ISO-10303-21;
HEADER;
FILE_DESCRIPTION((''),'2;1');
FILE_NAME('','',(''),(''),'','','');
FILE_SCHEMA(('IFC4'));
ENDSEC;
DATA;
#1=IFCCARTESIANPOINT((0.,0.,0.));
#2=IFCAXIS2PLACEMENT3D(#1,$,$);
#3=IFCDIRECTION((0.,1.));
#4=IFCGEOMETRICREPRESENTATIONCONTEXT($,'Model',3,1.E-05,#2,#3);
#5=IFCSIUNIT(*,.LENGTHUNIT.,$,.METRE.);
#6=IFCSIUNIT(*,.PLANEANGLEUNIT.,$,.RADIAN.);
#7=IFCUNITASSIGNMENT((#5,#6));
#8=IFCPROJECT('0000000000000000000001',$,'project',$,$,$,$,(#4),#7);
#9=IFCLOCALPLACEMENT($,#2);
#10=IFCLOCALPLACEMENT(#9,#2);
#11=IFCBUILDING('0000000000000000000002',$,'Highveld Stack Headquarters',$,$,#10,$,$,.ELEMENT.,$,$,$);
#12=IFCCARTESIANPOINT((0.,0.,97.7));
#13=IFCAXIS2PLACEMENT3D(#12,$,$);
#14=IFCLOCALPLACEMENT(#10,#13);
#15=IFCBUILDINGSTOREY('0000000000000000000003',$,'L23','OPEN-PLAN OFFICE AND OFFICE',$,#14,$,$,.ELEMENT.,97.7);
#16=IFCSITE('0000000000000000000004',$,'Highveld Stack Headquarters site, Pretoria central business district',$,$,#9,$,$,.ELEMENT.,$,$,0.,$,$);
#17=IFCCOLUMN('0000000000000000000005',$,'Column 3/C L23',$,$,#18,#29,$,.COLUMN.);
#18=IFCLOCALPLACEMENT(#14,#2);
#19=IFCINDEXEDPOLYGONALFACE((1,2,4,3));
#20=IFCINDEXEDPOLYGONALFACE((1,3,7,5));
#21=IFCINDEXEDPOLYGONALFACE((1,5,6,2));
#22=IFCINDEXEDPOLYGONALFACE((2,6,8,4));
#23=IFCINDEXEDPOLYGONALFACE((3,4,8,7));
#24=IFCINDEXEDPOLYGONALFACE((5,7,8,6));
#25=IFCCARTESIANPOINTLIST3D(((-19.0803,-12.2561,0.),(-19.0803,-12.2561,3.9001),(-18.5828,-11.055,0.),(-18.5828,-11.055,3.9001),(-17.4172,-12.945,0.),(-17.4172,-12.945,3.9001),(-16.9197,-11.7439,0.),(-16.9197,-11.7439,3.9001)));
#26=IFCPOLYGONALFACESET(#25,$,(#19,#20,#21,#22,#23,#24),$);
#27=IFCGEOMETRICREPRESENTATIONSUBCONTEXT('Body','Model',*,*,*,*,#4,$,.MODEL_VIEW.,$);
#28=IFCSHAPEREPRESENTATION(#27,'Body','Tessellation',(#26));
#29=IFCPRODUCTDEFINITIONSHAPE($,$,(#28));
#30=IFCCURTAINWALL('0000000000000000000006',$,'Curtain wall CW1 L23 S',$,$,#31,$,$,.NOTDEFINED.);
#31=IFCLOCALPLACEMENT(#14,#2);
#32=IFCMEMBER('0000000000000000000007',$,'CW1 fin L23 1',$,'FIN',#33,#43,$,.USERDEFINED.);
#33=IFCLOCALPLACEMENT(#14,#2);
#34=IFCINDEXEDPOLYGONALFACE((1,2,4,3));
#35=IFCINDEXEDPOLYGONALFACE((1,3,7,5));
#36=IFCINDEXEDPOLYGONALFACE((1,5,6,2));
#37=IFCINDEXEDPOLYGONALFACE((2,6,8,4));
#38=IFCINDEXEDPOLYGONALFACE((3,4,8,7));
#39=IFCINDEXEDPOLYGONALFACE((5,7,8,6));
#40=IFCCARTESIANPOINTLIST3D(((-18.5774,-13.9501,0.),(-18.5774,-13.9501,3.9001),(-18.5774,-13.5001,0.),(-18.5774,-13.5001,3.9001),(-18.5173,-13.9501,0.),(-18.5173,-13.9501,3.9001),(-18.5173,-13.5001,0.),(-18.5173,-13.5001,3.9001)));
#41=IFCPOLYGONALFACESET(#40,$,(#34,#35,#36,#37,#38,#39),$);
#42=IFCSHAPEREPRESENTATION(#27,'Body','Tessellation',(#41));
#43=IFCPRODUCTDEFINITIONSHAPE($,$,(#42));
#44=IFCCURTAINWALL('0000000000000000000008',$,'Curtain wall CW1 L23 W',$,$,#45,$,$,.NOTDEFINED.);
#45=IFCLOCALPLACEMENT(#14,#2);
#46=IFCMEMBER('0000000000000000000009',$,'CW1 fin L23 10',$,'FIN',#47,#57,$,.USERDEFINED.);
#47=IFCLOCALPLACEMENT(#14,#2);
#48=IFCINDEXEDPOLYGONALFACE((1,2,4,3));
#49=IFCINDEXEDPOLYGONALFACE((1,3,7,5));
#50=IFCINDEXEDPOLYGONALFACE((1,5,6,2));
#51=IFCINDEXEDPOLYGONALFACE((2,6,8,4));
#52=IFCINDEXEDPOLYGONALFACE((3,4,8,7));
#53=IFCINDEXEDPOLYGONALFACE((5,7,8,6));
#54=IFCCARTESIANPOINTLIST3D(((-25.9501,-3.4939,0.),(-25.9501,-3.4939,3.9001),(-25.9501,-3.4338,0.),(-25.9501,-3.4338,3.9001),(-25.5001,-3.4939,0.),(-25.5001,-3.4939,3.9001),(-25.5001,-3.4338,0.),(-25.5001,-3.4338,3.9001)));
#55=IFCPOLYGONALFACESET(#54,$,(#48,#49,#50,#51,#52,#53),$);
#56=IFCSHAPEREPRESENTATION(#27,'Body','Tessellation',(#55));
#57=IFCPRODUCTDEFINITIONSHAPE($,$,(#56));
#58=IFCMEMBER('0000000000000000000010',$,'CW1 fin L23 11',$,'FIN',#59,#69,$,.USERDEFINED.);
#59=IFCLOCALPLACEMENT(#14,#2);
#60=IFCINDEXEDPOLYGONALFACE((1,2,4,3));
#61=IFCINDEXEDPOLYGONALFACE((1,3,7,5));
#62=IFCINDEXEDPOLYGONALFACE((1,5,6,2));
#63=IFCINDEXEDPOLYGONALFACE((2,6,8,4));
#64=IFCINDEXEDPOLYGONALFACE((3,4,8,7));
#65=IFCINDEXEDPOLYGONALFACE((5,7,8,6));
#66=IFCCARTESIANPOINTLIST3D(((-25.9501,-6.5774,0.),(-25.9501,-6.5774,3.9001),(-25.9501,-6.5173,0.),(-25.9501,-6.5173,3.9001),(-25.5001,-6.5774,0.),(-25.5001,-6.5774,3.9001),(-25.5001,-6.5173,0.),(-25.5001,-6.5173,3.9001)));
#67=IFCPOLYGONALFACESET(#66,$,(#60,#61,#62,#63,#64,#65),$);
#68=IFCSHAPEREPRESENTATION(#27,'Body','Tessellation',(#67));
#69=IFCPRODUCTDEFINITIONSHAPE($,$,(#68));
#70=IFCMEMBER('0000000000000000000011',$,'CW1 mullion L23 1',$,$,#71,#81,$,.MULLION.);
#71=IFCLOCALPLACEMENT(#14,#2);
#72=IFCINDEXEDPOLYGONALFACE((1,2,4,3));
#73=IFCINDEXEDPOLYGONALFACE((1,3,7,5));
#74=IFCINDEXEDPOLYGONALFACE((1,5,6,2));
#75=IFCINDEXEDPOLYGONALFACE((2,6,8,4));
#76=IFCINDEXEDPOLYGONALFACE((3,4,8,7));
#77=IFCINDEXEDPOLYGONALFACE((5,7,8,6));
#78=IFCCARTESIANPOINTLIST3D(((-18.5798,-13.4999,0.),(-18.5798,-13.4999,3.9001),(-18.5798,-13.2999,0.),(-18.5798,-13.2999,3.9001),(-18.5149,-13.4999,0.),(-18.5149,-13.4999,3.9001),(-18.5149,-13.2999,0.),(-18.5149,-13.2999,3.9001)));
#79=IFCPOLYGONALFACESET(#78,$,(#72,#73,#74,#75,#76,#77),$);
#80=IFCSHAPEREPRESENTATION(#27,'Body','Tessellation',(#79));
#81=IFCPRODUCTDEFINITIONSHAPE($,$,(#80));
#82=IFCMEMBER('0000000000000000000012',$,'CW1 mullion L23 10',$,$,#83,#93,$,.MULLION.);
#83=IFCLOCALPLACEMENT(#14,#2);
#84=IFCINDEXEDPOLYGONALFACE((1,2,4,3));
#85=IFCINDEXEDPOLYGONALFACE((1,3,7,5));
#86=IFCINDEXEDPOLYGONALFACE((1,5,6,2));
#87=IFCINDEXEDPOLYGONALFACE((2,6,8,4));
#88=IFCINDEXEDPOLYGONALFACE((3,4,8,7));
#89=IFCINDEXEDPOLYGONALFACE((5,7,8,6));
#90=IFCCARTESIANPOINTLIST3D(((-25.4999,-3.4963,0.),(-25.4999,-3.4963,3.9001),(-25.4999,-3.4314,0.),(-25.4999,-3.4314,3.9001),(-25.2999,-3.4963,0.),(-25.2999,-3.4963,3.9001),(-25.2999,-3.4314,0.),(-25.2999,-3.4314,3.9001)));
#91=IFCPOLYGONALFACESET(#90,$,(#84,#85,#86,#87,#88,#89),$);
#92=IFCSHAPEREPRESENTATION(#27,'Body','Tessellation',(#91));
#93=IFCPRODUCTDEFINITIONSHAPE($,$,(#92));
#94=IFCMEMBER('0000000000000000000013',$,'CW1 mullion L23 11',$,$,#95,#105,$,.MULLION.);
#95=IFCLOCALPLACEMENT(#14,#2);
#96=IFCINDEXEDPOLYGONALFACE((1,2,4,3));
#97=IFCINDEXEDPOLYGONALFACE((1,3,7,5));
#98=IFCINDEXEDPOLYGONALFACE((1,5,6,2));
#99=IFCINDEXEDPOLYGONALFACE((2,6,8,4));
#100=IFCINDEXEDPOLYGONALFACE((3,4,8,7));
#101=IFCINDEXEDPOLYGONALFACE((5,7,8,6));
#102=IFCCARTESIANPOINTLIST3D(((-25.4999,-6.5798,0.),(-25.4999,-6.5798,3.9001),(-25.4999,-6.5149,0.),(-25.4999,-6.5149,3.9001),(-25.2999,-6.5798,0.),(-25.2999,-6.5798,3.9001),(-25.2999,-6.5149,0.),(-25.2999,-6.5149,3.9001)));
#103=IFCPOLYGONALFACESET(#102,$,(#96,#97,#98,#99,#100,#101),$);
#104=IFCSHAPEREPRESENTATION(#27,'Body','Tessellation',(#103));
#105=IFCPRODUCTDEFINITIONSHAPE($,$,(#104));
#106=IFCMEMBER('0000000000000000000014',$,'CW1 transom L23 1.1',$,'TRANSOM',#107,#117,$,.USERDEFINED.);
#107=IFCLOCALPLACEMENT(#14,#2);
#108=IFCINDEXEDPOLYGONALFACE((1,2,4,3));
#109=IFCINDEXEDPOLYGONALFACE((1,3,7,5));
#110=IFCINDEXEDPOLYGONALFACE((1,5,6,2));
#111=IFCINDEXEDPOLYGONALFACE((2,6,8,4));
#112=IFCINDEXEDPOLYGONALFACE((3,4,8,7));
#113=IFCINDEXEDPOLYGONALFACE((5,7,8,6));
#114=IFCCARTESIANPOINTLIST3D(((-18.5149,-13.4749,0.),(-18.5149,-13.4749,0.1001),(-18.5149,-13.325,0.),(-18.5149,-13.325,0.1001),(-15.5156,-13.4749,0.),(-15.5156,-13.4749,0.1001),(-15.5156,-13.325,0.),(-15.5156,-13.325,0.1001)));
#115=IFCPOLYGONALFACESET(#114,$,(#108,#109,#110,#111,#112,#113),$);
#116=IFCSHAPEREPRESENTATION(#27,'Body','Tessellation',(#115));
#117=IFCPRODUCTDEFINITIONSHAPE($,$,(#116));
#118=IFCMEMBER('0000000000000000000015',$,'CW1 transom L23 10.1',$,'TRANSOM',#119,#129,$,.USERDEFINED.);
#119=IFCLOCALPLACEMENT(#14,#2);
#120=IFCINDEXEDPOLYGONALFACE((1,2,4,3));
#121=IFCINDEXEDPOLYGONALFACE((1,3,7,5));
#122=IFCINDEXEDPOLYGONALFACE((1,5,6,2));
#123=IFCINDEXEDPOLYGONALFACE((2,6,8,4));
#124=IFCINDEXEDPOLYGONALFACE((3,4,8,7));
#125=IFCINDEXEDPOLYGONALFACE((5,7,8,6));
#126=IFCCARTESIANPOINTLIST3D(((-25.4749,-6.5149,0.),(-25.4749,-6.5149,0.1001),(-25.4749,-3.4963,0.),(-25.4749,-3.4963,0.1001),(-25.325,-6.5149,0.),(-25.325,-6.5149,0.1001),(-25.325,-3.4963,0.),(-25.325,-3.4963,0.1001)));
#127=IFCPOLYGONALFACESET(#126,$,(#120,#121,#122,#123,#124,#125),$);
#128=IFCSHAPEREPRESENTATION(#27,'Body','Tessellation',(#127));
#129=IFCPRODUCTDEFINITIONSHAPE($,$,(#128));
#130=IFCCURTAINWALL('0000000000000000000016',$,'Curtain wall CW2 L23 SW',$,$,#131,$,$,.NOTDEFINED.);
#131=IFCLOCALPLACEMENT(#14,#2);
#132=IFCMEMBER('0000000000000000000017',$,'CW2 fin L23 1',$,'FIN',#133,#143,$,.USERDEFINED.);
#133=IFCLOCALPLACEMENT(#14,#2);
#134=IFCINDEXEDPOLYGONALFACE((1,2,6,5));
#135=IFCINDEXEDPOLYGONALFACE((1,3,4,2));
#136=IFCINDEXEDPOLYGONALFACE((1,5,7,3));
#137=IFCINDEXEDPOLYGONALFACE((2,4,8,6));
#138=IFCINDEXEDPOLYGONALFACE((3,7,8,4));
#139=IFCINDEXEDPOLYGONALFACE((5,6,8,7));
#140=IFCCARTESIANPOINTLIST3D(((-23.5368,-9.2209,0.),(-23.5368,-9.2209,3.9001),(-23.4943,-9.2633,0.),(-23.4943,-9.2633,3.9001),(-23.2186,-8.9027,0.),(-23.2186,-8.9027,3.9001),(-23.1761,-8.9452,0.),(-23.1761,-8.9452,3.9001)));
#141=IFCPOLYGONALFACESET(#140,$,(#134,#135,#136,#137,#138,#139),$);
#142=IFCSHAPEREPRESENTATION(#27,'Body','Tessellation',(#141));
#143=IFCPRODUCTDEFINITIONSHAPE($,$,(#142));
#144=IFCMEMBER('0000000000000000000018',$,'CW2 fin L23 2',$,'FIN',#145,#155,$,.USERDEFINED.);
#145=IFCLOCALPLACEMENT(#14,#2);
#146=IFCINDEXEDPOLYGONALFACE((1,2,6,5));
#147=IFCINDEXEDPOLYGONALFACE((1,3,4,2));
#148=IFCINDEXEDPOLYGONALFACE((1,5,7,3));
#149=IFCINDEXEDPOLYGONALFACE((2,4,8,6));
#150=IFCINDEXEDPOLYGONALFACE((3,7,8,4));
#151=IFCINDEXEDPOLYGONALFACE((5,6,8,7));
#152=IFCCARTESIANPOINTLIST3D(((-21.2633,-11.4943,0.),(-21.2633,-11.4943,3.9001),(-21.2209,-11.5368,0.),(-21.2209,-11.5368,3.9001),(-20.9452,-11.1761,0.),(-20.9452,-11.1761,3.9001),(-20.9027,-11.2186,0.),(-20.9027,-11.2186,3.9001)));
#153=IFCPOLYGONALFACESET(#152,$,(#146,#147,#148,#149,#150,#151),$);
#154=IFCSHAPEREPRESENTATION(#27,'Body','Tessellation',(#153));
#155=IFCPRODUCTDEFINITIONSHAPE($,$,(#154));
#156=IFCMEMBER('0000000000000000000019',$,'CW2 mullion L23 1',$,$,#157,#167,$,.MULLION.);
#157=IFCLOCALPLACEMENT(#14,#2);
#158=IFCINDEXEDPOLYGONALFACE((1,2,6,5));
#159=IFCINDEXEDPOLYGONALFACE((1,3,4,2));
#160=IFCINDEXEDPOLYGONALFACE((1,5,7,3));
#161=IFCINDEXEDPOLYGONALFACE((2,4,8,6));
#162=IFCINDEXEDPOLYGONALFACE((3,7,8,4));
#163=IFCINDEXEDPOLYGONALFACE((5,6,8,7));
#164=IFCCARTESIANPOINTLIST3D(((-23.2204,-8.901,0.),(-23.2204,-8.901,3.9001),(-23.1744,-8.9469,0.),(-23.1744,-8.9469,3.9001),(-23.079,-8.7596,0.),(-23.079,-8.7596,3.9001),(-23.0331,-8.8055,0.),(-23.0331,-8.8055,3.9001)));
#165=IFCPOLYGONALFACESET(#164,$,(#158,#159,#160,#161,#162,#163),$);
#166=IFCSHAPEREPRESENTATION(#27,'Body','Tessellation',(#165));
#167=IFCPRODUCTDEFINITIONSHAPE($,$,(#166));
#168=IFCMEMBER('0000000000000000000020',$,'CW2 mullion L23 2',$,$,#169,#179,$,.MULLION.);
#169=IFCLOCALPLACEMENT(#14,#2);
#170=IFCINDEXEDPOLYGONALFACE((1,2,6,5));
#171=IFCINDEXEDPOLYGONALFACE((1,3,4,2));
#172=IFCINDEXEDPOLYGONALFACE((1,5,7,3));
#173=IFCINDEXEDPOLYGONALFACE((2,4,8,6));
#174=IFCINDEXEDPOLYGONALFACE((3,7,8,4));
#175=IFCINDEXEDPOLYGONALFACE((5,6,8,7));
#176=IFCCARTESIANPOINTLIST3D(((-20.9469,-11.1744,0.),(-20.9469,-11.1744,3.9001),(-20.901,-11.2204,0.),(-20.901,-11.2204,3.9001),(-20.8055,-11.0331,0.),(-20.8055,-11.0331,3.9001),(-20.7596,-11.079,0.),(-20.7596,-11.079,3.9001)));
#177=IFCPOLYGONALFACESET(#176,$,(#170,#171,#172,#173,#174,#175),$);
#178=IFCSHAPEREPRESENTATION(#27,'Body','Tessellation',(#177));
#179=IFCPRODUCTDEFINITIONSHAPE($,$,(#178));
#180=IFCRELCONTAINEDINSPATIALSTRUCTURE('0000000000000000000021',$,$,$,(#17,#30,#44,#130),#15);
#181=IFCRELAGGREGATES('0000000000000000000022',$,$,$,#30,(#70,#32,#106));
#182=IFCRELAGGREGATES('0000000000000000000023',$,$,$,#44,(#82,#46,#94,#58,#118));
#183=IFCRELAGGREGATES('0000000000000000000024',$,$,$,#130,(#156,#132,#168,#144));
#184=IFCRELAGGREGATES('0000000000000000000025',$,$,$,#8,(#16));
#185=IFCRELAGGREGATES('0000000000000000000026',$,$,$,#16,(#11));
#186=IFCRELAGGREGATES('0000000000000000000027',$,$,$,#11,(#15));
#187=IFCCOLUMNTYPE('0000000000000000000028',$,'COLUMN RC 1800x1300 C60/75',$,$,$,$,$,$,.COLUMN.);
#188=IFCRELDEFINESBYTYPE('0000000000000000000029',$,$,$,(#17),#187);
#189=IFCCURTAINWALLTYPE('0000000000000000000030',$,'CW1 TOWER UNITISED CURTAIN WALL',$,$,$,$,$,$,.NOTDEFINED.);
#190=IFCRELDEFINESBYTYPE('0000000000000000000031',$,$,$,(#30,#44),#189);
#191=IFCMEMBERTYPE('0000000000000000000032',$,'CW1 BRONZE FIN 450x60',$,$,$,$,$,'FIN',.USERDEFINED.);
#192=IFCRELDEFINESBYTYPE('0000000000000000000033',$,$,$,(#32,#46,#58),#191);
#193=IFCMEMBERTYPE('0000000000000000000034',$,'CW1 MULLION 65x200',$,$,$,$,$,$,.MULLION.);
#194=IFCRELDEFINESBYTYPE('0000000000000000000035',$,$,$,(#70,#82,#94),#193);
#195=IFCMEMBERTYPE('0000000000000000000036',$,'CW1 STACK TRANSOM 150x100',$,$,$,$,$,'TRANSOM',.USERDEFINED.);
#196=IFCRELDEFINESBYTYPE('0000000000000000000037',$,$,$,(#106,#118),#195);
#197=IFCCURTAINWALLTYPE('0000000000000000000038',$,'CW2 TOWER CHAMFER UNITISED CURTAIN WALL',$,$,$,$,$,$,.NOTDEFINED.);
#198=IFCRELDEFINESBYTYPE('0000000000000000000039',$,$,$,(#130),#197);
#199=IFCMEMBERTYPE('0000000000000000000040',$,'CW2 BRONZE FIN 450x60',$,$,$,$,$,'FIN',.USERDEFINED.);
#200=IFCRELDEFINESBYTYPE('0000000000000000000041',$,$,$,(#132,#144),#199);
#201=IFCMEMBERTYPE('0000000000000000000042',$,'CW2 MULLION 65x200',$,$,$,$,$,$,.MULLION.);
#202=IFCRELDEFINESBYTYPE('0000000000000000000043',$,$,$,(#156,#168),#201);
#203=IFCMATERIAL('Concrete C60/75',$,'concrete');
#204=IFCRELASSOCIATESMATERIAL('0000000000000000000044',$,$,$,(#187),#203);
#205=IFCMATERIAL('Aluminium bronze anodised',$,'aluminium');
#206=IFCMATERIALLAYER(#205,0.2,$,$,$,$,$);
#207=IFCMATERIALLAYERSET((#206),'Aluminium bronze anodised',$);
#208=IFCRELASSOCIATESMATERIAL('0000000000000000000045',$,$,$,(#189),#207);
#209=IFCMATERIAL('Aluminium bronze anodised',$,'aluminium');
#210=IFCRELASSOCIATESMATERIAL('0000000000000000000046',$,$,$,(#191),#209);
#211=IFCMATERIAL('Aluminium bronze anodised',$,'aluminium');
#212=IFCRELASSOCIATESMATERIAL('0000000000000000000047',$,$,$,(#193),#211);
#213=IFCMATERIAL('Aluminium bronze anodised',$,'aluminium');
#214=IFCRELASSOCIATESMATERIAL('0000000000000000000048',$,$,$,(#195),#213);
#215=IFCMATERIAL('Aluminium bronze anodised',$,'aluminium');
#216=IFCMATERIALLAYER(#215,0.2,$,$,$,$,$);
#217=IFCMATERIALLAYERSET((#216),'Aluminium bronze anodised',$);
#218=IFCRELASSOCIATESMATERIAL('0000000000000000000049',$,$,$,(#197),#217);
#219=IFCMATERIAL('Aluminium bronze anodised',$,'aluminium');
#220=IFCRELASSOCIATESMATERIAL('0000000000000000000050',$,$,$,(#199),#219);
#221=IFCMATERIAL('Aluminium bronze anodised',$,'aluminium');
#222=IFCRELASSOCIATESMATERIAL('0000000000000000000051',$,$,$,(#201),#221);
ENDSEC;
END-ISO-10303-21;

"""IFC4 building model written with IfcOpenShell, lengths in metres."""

from ifc_helpers import new_model, si_unit, direction, frame, origin, origin_2d, place, context, subcontext, project, spatial, rectangle, extrude, material, layer, layer_set, material_profile, profile_set, type_object, element, aggregate, save


model = new_model("IFC4")

# Units and contexts
model_context = context("Model", 3, precision=1e-05, world=origin(), true_north=direction((0.0, 1.0)))
body_context = subcontext(model_context, "Body", "Model", "MODEL_VIEW")
ifc_project = project(units=[si_unit("LENGTHUNIT", "METRE"), si_unit("PLANEANGLEUNIT", "RADIAN")], contexts=[model_context])

# Site, building, storey
site_placement = place(None, origin())
site = spatial("IfcSite", under=ifc_project, at=site_placement, Name="Highveld Stack Headquarters site, Pretoria central business district", CompositionType="ELEMENT", RefElevation=0.0)
building_placement = place(site_placement, origin())
building = spatial("IfcBuilding", under=site, at=building_placement, Name="Highveld Stack Headquarters", CompositionType="ELEMENT")
storey_placement = place(building_placement, frame((0.0, 0.0, 97.7)))
storey = spatial("IfcBuildingStorey", under=building, at=storey_placement, Name="L23", Description="OPEN-PLAN OFFICE AND OFFICE", CompositionType="ELEMENT", Elevation=97.7)

# Column
ifc_material_1 = material(Name="Concrete C60/75", Category="concrete")
ifc_material_profile_1 = material_profile(ifc_material_1, rectangle(XDim=1.8, YDim=1.3, at=origin_2d()), Name="RC 1800x1300")
ifc_profile_set_1 = profile_set([ifc_material_profile_1], Name="Concrete C60/75")
column_type = type_object("IfcColumnType", Name="COLUMN RC 1800x1300 C60/75", PredefinedType="COLUMN", material=ifc_profile_set_1)
column_placement = place(storey_placement, frame((-18.0, -12.0, 0.0), z_axis=(0.0, 0.0, 1.0), x_axis=(-0.92388, 0.382683, 0.0)))
element("IfcColumn", 1, at=column_placement, inside=storey, type_object=column_type, Name="Column 3/C L23", PredefinedType="COLUMN", context=body_context, shape_type="SweptSolid", body=[
    extrude(rectangle(XDim=1.8, YDim=1.3, at=origin_2d()), origin(), (0.0, 0.0, 1.0), 3.9001),
])

# Curtain wall, member
ifc_material_2 = material(Name="Aluminium bronze anodised", Category="aluminium")
ifc_layer_1 = layer(ifc_material_2, 0.2)
ifc_layer_set_1 = layer_set([ifc_layer_1], Name="Aluminium bronze anodised")
curtain_wall_type_1 = type_object("IfcCurtainWallType", Name="CW1 TOWER UNITISED CURTAIN WALL", PredefinedType="NOTDEFINED", material=ifc_layer_set_1)
curtain_wall_1_placement = place(storey_placement, origin())
curtain_wall_1 = element("IfcCurtainWall", 2, at=curtain_wall_1_placement, inside=storey, type_object=curtain_wall_type_1, Name="Curtain wall CW1 L23 S", PredefinedType="NOTDEFINED")
ifc_material_3 = material(Name="Aluminium bronze anodised", Category="aluminium")
ifc_material_profile_2 = material_profile(ifc_material_3, rectangle(XDim=0.45, YDim=0.0601, at=origin_2d()), Name="FIN 450x60")
ifc_profile_set_2 = profile_set([ifc_material_profile_2], Name="Aluminium bronze anodised")
member_type_1 = type_object("IfcMemberType", Name="CW1 BRONZE FIN 450x60", ElementType="FIN", PredefinedType="USERDEFINED", material=ifc_profile_set_2)
member_1_placement = place(storey_placement, frame((-18.5474, -13.7251, 0.0), z_axis=(0.0, 0.0, 1.0), x_axis=(0.0, 1.0, 0.0)))
member_1 = element("IfcMember", 3, at=member_1_placement, type_object=member_type_1, Name="CW1 fin L23 1", ObjectType="FIN", PredefinedType="USERDEFINED", context=body_context, shape_type="SweptSolid", body=[
    extrude(rectangle(XDim=0.45, YDim=0.0601, at=origin_2d()), origin(), (0.0, 0.0, 1.0), 3.9001),
])

# Curtain wall, members
curtain_wall_2_placement = place(storey_placement, origin())
curtain_wall_2 = element("IfcCurtainWall", 4, at=curtain_wall_2_placement, inside=storey, type_object=curtain_wall_type_1, Name="Curtain wall CW1 L23 W", PredefinedType="NOTDEFINED")
member_2_placement = place(storey_placement, frame((-25.7251, -3.4639, 0.0), z_axis=(0.0, 0.0, 1.0), x_axis=(1.0, 0.0, 0.0)))
member_2 = element("IfcMember", 5, at=member_2_placement, type_object=member_type_1, Name="CW1 fin L23 10", ObjectType="FIN", PredefinedType="USERDEFINED", context=body_context, shape_type="SweptSolid", body=[
    extrude(rectangle(XDim=0.45, YDim=0.0601, at=origin_2d()), origin(), (0.0, 0.0, 1.0), 3.9001),
])
member_3_placement = place(storey_placement, frame((-25.7251, -6.5474, 0.0), z_axis=(0.0, 0.0, 1.0), x_axis=(1.0, 0.0, 0.0)))
member_3 = element("IfcMember", 6, at=member_3_placement, type_object=member_type_1, Name="CW1 fin L23 11", ObjectType="FIN", PredefinedType="USERDEFINED", context=body_context, shape_type="SweptSolid", body=[
    extrude(rectangle(XDim=0.45, YDim=0.0601, at=origin_2d()), origin(), (0.0, 0.0, 1.0), 3.9001),
])

# Members
ifc_material_4 = material(Name="Aluminium bronze anodised", Category="aluminium")
ifc_material_profile_3 = material_profile(ifc_material_4, rectangle(XDim=0.2, YDim=0.0649, at=origin_2d()), Name="CW1 MULLION 65x200")
ifc_profile_set_3 = profile_set([ifc_material_profile_3], Name="Aluminium bronze anodised")
member_type_2 = type_object("IfcMemberType", Name="CW1 MULLION 65x200", PredefinedType="MULLION", material=ifc_profile_set_3)
member_4_placement = place(storey_placement, frame((-18.5474, -13.3999, 0.0), z_axis=(0.0, 0.0, 1.0), x_axis=(0.0, 1.0, 0.0)))
member_4 = element("IfcMember", 7, at=member_4_placement, type_object=member_type_2, Name="CW1 mullion L23 1", PredefinedType="MULLION", context=body_context, shape_type="SweptSolid", body=[
    extrude(rectangle(XDim=0.2, YDim=0.0649, at=origin_2d()), origin(), (0.0, 0.0, 1.0), 3.9001),
])
member_5_placement = place(storey_placement, frame((-25.3999, -3.4639, 0.0), z_axis=(0.0, 0.0, 1.0), x_axis=(1.0, 0.0, 0.0)))
member_5 = element("IfcMember", 8, at=member_5_placement, type_object=member_type_2, Name="CW1 mullion L23 10", PredefinedType="MULLION", context=body_context, shape_type="SweptSolid", body=[
    extrude(rectangle(XDim=0.2, YDim=0.0649, at=origin_2d()), origin(), (0.0, 0.0, 1.0), 3.9001),
])
member_6_placement = place(storey_placement, frame((-25.3999, -6.5474, 0.0), z_axis=(0.0, 0.0, 1.0), x_axis=(1.0, 0.0, 0.0)))
member_6 = element("IfcMember", 9, at=member_6_placement, type_object=member_type_2, Name="CW1 mullion L23 11", PredefinedType="MULLION", context=body_context, shape_type="SweptSolid", body=[
    extrude(rectangle(XDim=0.2, YDim=0.0649, at=origin_2d()), origin(), (0.0, 0.0, 1.0), 3.9001),
])
ifc_material_5 = material(Name="Aluminium bronze anodised", Category="aluminium")
ifc_material_profile_4 = material_profile(ifc_material_5, rectangle(XDim=0.1499, YDim=0.1001, at=origin_2d()), Name="CW1 TRANSOM 150x100")
ifc_profile_set_4 = profile_set([ifc_material_profile_4], Name="Aluminium bronze anodised")
member_type_3 = type_object("IfcMemberType", Name="CW1 STACK TRANSOM 150x100", ElementType="TRANSOM", PredefinedType="USERDEFINED", material=ifc_profile_set_4)
member_7_placement = place(storey_placement, frame((-18.5149, -13.3999, 0.05), z_axis=(1.0, 0.0, 0.0), x_axis=(0.0, 1.0, 0.0)))
member_7 = element("IfcMember", 10, at=member_7_placement, type_object=member_type_3, Name="CW1 transom L23 1.1", ObjectType="TRANSOM", PredefinedType="USERDEFINED", context=body_context, shape_type="SweptSolid", body=[
    extrude(rectangle(XDim=0.1499, YDim=0.1001, at=origin_2d()), origin(), (0.0, 0.0, 1.0), 2.9993),
])
aggregate(curtain_wall_1, [member_4, member_1, member_7])
member_8_placement = place(storey_placement, frame((-25.3999, -3.4963, 0.05), z_axis=(0.0, -1.0, 0.0), x_axis=(1.0, 0.0, 0.0)))
member_8 = element("IfcMember", 11, at=member_8_placement, type_object=member_type_3, Name="CW1 transom L23 10.1", ObjectType="TRANSOM", PredefinedType="USERDEFINED", context=body_context, shape_type="SweptSolid", body=[
    extrude(rectangle(XDim=0.1499, YDim=0.1001, at=origin_2d()), origin(), (0.0, 0.0, 1.0), 3.0186),
])

# Curtain wall, members
ifc_material_6 = material(Name="Aluminium bronze anodised", Category="aluminium")
ifc_layer_2 = layer(ifc_material_6, 0.2)
ifc_layer_set_2 = layer_set([ifc_layer_2], Name="Aluminium bronze anodised")
curtain_wall_type_2 = type_object("IfcCurtainWallType", Name="CW2 TOWER CHAMFER UNITISED CURTAIN WALL", PredefinedType="NOTDEFINED", material=ifc_layer_set_2)
curtain_wall_3_placement = place(storey_placement, origin())
curtain_wall_3 = element("IfcCurtainWall", 12, at=curtain_wall_3_placement, inside=storey, type_object=curtain_wall_type_2, Name="Curtain wall CW2 L23 SW", PredefinedType="NOTDEFINED")
ifc_material_7 = material(Name="Aluminium bronze anodised", Category="aluminium")
ifc_material_profile_5 = material_profile(ifc_material_7, rectangle(XDim=0.45, YDim=0.0601, at=origin_2d()), Name="FIN 450x60")
ifc_profile_set_5 = profile_set([ifc_material_profile_5], Name="Aluminium bronze anodised")
member_type_4 = type_object("IfcMemberType", Name="CW2 BRONZE FIN 450x60", ElementType="FIN", PredefinedType="USERDEFINED", material=ifc_profile_set_5)
member_9_placement = place(storey_placement, frame((-23.3564, -9.083, 0.0), z_axis=(0.0, 0.0, 1.0), x_axis=(0.707107, 0.707107, 0.0)))
member_9 = element("IfcMember", 13, at=member_9_placement, type_object=member_type_4, Name="CW2 fin L23 1", ObjectType="FIN", PredefinedType="USERDEFINED", context=body_context, shape_type="SweptSolid", body=[
    extrude(rectangle(XDim=0.45, YDim=0.0601, at=origin_2d()), origin(), (0.0, 0.0, 1.0), 3.9001),
])
member_10_placement = place(storey_placement, frame((-21.083, -11.3564, 0.0), z_axis=(0.0, 0.0, 1.0), x_axis=(0.707107, 0.707107, 0.0)))
member_10 = element("IfcMember", 14, at=member_10_placement, type_object=member_type_4, Name="CW2 fin L23 2", ObjectType="FIN", PredefinedType="USERDEFINED", context=body_context, shape_type="SweptSolid", body=[
    extrude(rectangle(XDim=0.45, YDim=0.0601, at=origin_2d()), origin(), (0.0, 0.0, 1.0), 3.9001),
])
ifc_material_8 = material(Name="Aluminium bronze anodised", Category="aluminium")
ifc_material_profile_6 = material_profile(ifc_material_8, rectangle(XDim=0.2, YDim=0.0649, at=origin_2d()), Name="CW2 MULLION 65x200")
ifc_profile_set_6 = profile_set([ifc_material_profile_6], Name="Aluminium bronze anodised")
member_type_5 = type_object("IfcMemberType", Name="CW2 MULLION 65x200", PredefinedType="MULLION", material=ifc_profile_set_6)
member_11_placement = place(storey_placement, frame((-23.1267, -8.8533, 0.0), z_axis=(0.0, 0.0, 1.0), x_axis=(0.707107, 0.707107, 0.0)))
member_11 = element("IfcMember", 15, at=member_11_placement, type_object=member_type_5, Name="CW2 mullion L23 1", PredefinedType="MULLION", context=body_context, shape_type="SweptSolid", body=[
    extrude(rectangle(XDim=0.2, YDim=0.0649, at=origin_2d()), origin(), (0.0, 0.0, 1.0), 3.9001),
])
member_12_placement = place(storey_placement, frame((-20.8533, -11.1267, 0.0), z_axis=(0.0, 0.0, 1.0), x_axis=(0.707107, 0.707107, 0.0)))
member_12 = element("IfcMember", 16, at=member_12_placement, type_object=member_type_5, Name="CW2 mullion L23 2", PredefinedType="MULLION", context=body_context, shape_type="SweptSolid", body=[
    extrude(rectangle(XDim=0.2, YDim=0.0649, at=origin_2d()), origin(), (0.0, 0.0, 1.0), 3.9001),
])

aggregate(curtain_wall_2, [member_5, member_2, member_6, member_3, member_8])
aggregate(curtain_wall_3, [member_11, member_9, member_12, member_10])

save(model, "model.ifc")
